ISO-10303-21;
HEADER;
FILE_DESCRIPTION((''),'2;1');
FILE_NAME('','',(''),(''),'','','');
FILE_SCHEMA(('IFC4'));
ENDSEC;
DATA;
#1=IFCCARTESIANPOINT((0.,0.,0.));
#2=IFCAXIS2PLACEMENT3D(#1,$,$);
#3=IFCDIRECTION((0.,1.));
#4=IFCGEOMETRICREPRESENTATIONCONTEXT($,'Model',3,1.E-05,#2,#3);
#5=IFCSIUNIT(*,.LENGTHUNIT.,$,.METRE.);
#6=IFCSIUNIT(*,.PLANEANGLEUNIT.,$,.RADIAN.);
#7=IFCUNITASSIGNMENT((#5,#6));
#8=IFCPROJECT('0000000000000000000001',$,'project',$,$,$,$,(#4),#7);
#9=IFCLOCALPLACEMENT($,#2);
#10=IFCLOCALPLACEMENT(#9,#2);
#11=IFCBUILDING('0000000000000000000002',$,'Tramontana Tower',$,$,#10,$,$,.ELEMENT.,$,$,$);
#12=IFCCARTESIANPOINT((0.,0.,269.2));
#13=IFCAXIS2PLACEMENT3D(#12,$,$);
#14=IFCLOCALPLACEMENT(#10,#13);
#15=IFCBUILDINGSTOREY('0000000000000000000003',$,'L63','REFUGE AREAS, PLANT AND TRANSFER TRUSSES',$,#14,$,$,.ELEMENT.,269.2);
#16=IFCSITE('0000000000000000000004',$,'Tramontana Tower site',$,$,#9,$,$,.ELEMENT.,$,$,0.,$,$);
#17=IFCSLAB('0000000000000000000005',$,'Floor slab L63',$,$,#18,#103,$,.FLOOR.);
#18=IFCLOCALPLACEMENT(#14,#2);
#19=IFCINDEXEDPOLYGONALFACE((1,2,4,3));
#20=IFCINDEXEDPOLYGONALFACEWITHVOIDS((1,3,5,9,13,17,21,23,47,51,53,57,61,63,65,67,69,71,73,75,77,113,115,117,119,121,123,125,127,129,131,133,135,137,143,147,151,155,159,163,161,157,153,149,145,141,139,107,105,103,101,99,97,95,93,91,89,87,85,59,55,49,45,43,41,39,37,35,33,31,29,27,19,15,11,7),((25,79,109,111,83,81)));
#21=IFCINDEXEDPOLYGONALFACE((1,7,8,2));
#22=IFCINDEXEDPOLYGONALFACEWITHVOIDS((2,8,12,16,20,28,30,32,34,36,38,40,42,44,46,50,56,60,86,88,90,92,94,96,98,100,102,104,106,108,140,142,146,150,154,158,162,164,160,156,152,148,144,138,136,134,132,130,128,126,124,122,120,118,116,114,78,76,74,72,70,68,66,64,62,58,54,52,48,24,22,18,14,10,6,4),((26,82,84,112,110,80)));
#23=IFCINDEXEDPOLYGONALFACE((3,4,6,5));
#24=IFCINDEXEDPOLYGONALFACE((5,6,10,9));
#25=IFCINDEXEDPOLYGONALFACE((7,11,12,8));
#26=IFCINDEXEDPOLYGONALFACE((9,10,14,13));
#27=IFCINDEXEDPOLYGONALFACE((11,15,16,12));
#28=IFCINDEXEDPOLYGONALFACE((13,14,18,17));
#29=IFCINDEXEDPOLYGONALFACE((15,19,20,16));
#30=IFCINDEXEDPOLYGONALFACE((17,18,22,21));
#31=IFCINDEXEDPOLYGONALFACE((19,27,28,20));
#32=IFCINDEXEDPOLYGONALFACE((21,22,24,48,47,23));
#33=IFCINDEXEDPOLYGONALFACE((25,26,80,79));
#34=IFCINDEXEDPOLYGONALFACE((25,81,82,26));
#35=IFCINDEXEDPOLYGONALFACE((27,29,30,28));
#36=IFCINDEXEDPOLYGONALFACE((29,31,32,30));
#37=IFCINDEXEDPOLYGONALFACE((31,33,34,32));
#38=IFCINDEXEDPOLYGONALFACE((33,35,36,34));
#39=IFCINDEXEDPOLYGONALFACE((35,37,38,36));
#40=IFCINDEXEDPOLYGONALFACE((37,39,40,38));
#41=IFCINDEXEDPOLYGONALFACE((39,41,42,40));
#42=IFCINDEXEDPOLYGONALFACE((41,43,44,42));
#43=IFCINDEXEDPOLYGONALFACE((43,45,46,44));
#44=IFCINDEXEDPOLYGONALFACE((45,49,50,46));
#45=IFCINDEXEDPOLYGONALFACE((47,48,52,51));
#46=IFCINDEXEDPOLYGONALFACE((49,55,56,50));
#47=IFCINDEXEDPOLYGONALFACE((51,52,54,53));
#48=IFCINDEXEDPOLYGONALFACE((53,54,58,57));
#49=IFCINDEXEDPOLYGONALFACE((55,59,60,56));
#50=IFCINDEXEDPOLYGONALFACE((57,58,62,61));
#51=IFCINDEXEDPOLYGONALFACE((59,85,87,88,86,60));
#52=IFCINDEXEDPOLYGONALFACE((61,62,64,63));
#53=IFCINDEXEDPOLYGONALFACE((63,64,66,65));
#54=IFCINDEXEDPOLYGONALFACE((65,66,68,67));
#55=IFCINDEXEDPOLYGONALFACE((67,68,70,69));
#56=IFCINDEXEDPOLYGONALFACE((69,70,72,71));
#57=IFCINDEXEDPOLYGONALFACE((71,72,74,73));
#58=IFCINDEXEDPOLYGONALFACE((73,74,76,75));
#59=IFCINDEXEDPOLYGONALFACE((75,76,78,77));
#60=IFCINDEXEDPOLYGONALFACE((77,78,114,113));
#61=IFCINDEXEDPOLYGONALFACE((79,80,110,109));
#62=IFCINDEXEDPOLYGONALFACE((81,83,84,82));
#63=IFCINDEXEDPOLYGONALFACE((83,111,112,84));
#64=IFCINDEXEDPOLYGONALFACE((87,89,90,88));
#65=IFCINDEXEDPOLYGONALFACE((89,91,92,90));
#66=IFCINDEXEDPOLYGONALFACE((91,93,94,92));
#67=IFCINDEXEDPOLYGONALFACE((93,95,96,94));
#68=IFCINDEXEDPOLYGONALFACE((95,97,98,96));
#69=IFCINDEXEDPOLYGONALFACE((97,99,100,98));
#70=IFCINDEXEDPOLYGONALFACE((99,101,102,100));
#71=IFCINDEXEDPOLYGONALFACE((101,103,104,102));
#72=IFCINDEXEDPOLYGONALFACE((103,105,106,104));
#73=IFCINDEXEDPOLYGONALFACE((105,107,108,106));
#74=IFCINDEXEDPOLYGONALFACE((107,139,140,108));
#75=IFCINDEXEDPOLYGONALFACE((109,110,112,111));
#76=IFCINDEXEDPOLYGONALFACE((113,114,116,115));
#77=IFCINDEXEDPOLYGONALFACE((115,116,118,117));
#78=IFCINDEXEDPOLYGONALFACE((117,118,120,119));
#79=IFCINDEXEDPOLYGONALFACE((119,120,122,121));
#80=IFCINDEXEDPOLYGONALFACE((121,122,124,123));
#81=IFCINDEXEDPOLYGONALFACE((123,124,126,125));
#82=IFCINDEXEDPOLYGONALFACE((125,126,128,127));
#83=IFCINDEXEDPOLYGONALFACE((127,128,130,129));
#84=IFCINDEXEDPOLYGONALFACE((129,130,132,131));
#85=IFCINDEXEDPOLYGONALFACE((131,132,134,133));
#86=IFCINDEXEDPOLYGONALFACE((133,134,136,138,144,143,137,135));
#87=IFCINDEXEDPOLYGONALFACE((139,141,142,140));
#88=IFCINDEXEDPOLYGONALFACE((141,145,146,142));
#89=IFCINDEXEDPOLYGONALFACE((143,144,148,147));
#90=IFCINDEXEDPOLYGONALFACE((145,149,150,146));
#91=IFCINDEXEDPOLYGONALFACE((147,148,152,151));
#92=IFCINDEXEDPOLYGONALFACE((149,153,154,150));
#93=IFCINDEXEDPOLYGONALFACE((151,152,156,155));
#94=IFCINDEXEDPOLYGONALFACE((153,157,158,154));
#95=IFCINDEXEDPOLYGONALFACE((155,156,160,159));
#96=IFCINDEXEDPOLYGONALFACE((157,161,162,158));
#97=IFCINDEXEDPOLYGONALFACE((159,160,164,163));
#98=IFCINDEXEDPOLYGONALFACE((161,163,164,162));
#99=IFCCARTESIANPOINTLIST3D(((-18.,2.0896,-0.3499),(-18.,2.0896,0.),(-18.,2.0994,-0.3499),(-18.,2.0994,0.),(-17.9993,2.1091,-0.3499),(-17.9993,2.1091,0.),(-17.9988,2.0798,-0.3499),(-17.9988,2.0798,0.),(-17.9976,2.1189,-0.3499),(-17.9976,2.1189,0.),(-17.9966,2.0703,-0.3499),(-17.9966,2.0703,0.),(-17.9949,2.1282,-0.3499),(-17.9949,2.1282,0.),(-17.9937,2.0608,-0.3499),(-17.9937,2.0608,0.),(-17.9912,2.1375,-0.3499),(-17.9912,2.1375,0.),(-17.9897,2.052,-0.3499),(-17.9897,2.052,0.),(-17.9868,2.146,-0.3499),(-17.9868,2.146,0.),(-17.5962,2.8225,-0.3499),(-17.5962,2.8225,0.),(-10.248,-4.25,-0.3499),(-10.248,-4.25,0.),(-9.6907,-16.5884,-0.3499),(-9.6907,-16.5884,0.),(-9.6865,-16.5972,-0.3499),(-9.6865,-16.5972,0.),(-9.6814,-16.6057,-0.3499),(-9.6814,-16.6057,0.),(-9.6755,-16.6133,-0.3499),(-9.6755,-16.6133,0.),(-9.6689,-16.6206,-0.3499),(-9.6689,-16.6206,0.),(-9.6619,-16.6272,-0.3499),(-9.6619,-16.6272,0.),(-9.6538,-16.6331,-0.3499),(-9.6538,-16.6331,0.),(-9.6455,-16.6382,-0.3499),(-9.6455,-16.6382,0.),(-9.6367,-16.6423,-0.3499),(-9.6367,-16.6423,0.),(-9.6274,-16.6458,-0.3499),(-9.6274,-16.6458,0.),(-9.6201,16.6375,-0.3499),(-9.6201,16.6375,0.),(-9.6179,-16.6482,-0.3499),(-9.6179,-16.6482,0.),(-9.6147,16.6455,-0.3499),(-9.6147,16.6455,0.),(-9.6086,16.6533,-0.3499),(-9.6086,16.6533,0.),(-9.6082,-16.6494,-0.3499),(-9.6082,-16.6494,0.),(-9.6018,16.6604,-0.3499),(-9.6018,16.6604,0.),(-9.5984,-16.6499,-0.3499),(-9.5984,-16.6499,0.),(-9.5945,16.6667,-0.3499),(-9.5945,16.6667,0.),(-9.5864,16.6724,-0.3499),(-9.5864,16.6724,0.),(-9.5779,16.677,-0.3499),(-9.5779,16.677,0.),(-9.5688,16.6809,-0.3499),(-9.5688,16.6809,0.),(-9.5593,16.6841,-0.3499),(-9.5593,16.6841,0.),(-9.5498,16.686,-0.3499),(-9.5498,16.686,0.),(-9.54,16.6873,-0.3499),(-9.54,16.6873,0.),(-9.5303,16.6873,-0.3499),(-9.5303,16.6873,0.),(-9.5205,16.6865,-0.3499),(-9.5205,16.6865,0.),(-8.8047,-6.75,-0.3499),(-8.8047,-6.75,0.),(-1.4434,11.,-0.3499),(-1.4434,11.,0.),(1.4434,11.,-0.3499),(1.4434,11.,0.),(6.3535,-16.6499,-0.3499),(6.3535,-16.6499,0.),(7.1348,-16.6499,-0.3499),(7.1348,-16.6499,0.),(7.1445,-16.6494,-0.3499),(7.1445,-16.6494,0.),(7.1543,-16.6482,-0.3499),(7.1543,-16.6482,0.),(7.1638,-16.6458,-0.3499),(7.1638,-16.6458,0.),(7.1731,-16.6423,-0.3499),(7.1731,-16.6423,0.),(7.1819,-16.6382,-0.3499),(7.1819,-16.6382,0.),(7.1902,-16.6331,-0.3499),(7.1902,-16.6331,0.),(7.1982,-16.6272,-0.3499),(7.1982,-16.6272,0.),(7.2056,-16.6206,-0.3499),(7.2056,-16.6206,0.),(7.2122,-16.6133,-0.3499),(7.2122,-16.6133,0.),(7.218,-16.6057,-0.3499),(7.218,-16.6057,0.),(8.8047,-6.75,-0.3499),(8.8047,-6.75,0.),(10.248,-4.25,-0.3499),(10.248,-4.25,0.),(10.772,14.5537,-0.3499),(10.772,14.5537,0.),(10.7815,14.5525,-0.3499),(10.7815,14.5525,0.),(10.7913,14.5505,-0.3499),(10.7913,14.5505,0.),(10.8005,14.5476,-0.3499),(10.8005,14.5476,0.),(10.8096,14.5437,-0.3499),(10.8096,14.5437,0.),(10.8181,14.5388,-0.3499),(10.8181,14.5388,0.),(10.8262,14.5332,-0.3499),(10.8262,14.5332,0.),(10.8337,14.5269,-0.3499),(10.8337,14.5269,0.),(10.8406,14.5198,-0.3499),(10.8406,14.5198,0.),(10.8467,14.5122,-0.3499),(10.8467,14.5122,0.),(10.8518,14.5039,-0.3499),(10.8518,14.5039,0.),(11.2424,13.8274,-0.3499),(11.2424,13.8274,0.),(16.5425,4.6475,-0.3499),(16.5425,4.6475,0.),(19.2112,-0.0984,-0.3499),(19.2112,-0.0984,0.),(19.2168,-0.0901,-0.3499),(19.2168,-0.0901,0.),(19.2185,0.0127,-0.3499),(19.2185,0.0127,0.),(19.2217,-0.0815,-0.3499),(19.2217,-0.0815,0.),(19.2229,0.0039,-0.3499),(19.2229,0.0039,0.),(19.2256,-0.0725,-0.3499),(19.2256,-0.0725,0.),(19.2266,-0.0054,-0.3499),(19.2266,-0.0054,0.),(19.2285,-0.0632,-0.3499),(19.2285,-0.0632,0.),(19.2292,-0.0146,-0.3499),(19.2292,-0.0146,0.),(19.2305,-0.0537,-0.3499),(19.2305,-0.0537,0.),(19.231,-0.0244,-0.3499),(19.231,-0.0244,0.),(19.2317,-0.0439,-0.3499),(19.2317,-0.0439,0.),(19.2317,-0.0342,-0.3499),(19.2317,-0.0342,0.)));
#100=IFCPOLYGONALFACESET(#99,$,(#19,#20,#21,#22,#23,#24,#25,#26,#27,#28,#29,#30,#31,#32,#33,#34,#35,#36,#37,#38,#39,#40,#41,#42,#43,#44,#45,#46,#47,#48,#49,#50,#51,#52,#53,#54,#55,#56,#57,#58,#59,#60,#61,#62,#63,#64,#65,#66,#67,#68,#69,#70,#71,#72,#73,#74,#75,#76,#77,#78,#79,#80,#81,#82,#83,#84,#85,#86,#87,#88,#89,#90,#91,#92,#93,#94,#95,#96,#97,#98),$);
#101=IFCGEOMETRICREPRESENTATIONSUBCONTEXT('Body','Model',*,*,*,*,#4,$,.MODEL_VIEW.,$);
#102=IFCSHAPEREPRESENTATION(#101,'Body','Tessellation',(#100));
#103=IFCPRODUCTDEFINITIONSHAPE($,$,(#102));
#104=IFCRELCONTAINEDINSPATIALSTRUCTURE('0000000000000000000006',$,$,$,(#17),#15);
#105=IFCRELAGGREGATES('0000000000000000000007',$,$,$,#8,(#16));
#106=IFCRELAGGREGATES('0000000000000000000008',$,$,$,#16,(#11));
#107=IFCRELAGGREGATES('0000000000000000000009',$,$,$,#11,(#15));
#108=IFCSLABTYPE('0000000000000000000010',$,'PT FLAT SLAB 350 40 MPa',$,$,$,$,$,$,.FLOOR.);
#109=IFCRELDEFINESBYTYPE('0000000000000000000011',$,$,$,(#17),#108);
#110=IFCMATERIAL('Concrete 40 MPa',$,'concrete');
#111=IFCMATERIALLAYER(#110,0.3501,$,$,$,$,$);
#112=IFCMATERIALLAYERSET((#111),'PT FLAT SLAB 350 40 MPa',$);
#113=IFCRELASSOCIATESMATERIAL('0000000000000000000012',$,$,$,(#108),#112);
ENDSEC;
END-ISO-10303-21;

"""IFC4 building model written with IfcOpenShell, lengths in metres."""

from ifc_helpers import new_model, si_unit, direction, frame, origin, place, context, subcontext, project, spatial, polyline, outline, extrude, material, layer, layer_set, type_object, element, save


model = new_model("IFC4")

# Units and contexts
model_context = context("Model", 3, precision=1e-05, world=origin(), true_north=direction((0.0, 1.0)))
body_context = subcontext(model_context, "Body", "Model", "MODEL_VIEW")
ifc_project = project(units=[si_unit("LENGTHUNIT", "METRE"), si_unit("PLANEANGLEUNIT", "RADIAN")], contexts=[model_context])

# Site, building, storey
site_placement = place(None, origin())
site = spatial("IfcSite", under=ifc_project, at=site_placement, Name="Tramontana Tower site", CompositionType="ELEMENT", RefElevation=0.0)
building_placement = place(site_placement, origin())
building = spatial("IfcBuilding", under=site, at=building_placement, Name="Tramontana Tower", CompositionType="ELEMENT")
storey_placement = place(building_placement, frame((0.0, 0.0, 269.2)))
storey = spatial("IfcBuildingStorey", under=building, at=storey_placement, Name="L63", Description="REFUGE AREAS, PLANT AND TRANSFER TRUSSES", CompositionType="ELEMENT", Elevation=269.2)

# Slab
ifc_material_1 = material(Name="Concrete 40 MPa", Category="concrete")
ifc_layer_1 = layer(ifc_material_1, 0.3501)
ifc_layer_set_1 = layer_set([ifc_layer_1], Name="PT FLAT SLAB 350 40 MPa")
slab_type_1 = type_object("IfcSlabType", Name="PT FLAT SLAB 350 40 MPa", PredefinedType="FLOOR", material=ifc_layer_set_1)
slab_1_placement = place(storey_placement, frame((0.0, 0.0, -0.3499)))
element("IfcSlab", 1, at=slab_1_placement, inside=storey, type_object=slab_type_1, Name="Floor slab L63", PredefinedType="FLOOR", context=body_context, shape_type="SweptSolid", body=[
    extrude(outline(polyline([(-9.5984, -16.6499), (-9.6082, -16.6494), (-9.6179, -16.6482), (-9.6274, -16.6458), (-9.6367, -16.6423), (-9.6455, -16.6382), (-9.6538, -16.6331), (-9.6619, -16.6272), (-9.6689, -16.6206), (-9.6755, -16.6133), (-9.6814, -16.6057), (-9.6865, -16.5972), (-9.6907, -16.5884), (-17.9897, 2.052), (-17.9937, 2.0608), (-17.9966, 2.0703), (-17.9988, 2.0798), (-18.0, 2.0896), (-18.0, 2.0994), (-17.9993, 2.1091), (-17.9976, 2.1189), (-17.9949, 2.1282), (-17.9912, 2.1375), (-17.9868, 2.146), (-17.5962, 2.8225), (-9.6201, 16.6375), (-9.6147, 16.6455), (-9.6086, 16.6533), (-9.6018, 16.6604), (-9.5945, 16.6667), (-9.5864, 16.6724), (-9.5779, 16.677), (-9.5688, 16.6809), (-9.5593, 16.6841), (-9.5498, 16.686), (-9.54, 16.6873), (-9.5303, 16.6873), (-9.5205, 16.6865), (10.772, 14.5537), (10.7815, 14.5525), (10.7913, 14.5505), (10.8005, 14.5476), (10.8096, 14.5437), (10.8181, 14.5388), (10.8262, 14.5332), (10.8337, 14.5269), (10.8406, 14.5198), (10.8467, 14.5122), (10.8518, 14.5039), (11.2424, 13.8274), (16.5425, 4.6475), (19.2185, 0.0127), (19.2229, 0.0039), (19.2266, -0.0054), (19.2292, -0.0146), (19.231, -0.0244), (19.2317, -0.0342), (19.2317, -0.0439), (19.2305, -0.0537), (19.2285, -0.0632), (19.2256, -0.0725), (19.2217, -0.0815), (19.2168, -0.0901), (19.2112, -0.0984), (7.218, -16.6057), (7.2122, -16.6133), (7.2056, -16.6206), (7.1982, -16.6272), (7.1902, -16.6331), (7.1819, -16.6382), (7.1731, -16.6423), (7.1638, -16.6458), (7.1543, -16.6482), (7.1445, -16.6494), (7.1348, -16.6499), (6.3535, -16.6499), (-9.5984, -16.6499)]), holes=[polyline([(-8.8047, -6.75), (8.8047, -6.75), (10.248, -4.25), (1.4434, 11.0), (-1.4434, 11.0), (-10.248, -4.25), (-8.8047, -6.75)])]), origin(), (0.0, 0.0, 1.0), 0.3499),
])

save(model, "model.ifc")
